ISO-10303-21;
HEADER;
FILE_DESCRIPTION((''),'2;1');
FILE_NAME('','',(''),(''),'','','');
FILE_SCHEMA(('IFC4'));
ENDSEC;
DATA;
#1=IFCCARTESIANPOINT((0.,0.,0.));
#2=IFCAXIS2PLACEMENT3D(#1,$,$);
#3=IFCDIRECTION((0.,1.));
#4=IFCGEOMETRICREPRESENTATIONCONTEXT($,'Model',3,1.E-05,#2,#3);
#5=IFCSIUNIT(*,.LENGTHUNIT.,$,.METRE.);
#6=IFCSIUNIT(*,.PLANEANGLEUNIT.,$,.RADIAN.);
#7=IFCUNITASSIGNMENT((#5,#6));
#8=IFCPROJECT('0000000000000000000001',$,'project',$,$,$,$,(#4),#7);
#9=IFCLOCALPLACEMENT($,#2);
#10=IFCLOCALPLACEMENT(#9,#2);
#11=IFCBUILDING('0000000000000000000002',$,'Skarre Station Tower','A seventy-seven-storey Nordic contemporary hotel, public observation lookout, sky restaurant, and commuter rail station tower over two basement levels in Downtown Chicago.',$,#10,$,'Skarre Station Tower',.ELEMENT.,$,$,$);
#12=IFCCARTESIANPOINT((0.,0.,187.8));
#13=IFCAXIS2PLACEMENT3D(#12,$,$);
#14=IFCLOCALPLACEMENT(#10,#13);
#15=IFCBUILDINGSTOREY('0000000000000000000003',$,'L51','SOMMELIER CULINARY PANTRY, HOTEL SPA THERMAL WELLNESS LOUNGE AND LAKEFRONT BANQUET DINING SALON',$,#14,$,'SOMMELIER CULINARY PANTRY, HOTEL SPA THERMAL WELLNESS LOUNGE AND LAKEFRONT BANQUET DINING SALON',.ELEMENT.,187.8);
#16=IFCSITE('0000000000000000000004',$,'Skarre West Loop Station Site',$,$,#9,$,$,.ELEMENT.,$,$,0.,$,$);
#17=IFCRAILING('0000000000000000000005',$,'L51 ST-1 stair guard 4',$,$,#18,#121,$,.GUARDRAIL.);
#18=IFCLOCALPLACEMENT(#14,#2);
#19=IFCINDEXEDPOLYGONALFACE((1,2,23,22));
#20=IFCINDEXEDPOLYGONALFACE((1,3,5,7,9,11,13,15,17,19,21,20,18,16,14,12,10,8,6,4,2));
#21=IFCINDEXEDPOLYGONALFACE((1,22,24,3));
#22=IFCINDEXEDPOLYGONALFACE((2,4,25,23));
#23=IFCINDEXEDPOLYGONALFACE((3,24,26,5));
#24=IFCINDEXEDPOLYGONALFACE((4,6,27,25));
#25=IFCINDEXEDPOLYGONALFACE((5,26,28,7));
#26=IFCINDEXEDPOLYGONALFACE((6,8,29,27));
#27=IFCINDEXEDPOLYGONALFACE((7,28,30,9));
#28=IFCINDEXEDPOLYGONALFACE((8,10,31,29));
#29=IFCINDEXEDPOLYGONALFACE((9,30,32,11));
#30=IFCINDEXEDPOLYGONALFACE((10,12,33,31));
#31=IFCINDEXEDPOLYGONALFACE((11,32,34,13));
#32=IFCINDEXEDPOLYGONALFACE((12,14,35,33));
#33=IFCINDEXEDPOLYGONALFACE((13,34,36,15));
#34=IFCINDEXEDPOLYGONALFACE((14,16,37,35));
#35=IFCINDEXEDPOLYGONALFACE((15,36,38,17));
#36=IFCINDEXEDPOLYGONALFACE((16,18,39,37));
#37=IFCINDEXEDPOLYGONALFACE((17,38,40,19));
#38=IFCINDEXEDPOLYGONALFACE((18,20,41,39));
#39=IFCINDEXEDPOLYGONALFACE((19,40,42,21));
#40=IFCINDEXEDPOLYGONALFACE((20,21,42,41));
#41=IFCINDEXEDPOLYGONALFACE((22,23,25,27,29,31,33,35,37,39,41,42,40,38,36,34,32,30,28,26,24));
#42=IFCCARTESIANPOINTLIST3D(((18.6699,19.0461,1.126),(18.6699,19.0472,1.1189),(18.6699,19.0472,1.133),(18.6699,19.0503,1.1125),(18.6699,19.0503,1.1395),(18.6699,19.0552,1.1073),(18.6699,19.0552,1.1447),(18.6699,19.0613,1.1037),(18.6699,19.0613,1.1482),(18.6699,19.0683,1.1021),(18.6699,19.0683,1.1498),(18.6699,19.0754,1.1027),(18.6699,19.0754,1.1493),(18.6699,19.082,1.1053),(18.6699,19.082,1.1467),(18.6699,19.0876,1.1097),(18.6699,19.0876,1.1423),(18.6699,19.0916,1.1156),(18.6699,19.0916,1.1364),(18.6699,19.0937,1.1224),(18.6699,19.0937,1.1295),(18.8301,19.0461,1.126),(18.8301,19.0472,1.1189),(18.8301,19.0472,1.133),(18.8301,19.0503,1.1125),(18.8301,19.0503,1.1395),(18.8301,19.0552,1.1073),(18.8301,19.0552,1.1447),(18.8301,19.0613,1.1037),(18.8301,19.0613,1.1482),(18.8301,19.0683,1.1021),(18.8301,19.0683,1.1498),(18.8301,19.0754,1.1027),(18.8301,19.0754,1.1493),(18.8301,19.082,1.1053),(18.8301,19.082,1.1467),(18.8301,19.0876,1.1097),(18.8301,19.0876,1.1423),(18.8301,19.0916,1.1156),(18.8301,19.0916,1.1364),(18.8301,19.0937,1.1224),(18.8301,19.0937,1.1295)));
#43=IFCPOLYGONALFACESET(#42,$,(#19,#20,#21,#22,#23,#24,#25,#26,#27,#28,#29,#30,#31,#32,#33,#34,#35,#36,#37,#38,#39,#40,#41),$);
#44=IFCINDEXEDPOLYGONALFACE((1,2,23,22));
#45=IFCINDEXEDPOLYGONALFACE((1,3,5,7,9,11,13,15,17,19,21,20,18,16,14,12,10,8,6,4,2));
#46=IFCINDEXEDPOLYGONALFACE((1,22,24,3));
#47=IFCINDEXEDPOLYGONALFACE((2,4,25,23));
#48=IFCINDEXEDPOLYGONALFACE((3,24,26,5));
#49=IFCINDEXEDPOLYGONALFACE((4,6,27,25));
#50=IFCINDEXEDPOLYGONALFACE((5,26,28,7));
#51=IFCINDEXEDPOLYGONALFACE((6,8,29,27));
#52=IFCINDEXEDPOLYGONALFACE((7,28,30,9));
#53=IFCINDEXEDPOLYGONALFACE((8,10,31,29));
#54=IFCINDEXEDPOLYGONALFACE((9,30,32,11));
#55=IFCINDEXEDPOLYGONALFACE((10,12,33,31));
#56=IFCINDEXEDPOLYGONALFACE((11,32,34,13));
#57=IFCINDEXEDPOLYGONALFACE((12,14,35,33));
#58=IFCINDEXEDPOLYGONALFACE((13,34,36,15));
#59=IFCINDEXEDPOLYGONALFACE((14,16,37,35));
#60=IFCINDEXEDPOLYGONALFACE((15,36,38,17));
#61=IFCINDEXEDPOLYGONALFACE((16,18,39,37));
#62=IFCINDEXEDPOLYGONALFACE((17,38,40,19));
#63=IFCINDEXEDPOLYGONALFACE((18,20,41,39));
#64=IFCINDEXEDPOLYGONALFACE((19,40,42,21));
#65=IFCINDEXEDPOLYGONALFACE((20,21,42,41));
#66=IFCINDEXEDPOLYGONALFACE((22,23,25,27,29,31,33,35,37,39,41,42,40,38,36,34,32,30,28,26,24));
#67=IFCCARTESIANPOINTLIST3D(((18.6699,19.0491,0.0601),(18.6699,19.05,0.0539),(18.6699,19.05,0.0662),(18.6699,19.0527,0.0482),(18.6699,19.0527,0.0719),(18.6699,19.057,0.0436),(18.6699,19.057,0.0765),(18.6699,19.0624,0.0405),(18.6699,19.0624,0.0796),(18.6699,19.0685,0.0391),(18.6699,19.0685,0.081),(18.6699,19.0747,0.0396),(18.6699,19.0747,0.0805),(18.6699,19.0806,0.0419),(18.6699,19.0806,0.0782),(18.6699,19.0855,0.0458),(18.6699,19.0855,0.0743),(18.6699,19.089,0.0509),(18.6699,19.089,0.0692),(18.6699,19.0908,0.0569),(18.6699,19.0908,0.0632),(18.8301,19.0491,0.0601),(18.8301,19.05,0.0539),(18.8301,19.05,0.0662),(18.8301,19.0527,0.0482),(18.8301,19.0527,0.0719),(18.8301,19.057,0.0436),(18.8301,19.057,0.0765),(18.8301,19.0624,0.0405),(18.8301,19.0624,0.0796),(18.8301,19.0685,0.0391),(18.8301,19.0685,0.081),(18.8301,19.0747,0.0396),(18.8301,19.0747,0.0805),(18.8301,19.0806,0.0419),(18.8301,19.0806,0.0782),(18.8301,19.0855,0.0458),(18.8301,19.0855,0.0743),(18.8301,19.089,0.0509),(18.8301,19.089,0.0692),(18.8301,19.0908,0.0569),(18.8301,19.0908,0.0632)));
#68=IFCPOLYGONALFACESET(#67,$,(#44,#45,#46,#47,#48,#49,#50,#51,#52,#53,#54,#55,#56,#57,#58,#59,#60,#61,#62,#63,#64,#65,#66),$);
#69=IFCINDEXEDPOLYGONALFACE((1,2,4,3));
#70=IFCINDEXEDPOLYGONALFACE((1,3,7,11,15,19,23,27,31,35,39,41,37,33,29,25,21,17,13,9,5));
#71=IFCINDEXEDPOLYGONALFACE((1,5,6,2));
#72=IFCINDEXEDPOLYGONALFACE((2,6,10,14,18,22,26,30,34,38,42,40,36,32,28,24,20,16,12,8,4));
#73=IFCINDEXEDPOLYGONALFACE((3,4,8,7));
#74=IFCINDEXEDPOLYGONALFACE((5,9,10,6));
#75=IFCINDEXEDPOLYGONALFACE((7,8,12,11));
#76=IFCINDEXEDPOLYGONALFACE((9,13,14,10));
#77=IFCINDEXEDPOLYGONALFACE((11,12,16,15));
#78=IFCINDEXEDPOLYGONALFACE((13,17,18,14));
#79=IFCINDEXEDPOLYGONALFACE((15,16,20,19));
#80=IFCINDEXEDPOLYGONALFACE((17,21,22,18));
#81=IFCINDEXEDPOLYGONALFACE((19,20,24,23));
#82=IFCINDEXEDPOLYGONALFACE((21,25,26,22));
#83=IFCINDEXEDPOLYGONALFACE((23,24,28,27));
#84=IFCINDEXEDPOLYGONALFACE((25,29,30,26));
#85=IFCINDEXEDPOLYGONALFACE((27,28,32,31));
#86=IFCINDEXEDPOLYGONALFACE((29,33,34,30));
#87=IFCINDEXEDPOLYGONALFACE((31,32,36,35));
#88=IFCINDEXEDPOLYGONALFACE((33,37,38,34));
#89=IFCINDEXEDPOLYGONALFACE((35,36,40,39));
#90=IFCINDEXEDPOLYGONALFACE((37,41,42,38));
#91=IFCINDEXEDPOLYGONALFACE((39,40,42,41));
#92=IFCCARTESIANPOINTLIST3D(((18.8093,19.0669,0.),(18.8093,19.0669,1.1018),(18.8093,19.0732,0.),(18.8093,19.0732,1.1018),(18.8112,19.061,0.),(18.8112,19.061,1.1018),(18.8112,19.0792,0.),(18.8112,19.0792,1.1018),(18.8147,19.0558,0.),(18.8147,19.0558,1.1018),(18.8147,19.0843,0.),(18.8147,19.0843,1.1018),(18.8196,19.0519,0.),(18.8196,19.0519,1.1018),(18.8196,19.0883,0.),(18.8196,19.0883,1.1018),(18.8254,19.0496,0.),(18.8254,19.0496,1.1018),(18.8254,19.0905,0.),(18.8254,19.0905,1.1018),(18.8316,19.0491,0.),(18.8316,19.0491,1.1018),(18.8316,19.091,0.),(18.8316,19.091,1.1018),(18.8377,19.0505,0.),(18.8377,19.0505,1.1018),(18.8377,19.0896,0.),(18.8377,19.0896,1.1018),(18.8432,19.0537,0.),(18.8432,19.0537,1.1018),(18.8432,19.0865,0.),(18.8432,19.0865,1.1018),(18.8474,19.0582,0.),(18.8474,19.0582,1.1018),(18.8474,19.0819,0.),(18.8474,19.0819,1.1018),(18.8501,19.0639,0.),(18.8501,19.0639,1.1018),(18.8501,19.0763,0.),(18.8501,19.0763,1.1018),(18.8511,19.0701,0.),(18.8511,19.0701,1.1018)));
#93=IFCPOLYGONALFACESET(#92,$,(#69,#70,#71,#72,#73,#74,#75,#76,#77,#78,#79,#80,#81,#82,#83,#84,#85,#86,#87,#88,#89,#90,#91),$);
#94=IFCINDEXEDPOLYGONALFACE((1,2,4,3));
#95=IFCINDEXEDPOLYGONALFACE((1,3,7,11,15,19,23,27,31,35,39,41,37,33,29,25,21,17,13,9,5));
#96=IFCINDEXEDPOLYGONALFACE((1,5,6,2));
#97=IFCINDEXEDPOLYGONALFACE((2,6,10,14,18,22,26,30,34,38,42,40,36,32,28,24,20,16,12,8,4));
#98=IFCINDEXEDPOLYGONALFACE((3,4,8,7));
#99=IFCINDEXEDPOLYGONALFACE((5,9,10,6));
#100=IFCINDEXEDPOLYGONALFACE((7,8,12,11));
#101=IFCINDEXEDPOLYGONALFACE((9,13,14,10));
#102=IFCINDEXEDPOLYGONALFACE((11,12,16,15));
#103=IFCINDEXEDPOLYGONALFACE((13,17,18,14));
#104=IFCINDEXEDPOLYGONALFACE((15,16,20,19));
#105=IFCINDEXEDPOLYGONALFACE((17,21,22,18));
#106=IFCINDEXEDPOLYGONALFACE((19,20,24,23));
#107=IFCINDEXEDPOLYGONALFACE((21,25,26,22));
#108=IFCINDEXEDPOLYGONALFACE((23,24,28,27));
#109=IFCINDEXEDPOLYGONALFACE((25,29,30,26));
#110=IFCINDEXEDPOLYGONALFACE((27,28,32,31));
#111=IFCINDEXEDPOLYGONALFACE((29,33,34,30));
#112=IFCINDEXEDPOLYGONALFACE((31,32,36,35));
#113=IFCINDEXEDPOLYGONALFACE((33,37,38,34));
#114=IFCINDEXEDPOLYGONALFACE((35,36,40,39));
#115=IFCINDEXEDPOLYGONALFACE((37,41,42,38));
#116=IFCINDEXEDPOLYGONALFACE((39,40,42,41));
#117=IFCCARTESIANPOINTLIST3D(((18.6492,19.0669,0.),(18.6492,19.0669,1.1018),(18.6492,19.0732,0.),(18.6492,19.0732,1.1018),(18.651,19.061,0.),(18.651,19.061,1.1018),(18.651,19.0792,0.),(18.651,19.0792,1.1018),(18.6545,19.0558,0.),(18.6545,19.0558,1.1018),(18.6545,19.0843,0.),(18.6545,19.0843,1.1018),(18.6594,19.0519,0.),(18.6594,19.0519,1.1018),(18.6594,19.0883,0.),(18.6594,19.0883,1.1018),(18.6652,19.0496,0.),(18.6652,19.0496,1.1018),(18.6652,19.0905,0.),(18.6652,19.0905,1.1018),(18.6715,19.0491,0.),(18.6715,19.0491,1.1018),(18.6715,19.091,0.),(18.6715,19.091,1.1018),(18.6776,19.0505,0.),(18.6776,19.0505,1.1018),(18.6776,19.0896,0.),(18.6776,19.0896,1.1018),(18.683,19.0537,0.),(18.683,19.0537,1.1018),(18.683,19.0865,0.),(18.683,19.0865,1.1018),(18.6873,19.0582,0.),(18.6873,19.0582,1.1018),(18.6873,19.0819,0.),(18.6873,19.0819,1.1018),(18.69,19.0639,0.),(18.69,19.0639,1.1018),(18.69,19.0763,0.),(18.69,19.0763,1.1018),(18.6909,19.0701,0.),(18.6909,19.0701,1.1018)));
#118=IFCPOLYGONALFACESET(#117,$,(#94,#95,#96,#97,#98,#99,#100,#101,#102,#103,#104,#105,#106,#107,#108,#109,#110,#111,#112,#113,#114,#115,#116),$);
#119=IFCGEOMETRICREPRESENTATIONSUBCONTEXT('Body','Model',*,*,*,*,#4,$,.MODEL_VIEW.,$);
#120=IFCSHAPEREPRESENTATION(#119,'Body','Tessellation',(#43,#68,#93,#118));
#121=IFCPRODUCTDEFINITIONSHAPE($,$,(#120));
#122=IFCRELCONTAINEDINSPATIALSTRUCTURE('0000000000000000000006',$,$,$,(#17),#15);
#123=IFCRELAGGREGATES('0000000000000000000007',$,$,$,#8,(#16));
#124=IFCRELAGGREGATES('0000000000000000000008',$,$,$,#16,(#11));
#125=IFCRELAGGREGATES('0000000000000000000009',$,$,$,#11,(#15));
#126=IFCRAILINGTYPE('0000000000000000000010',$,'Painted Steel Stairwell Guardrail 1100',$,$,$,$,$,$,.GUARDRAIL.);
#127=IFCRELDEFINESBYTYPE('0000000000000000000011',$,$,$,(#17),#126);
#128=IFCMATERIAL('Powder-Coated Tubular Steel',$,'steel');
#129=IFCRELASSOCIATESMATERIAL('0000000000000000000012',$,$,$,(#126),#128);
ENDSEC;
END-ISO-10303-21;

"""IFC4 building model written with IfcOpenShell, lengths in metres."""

from ifc_helpers import new_model, si_unit, direction, frame, origin, origin_2d, place, context, subcontext, project, spatial, circle, extrude, material, type_object, element, save


model = new_model("IFC4")

# Units and contexts
model_context = context("Model", 3, precision=1e-05, world=origin(), true_north=direction((0.0, 1.0)))
body_context = subcontext(model_context, "Body", "Model", "MODEL_VIEW")
ifc_project = project(units=[si_unit("LENGTHUNIT", "METRE"), si_unit("PLANEANGLEUNIT", "RADIAN")], contexts=[model_context])

# Site, building, storey
site_placement = place(None, origin())
site = spatial("IfcSite", under=ifc_project, at=site_placement, Name="Skarre West Loop Station Site", CompositionType="ELEMENT", RefElevation=0.0)
building_placement = place(site_placement, origin())
building = spatial("IfcBuilding", under=site, at=building_placement, Name="Skarre Station Tower", Description="A seventy-seven-storey Nordic contemporary hotel, public observation lookout, sky restaurant, and commuter rail station tower over two basement levels in Downtown Chicago.", LongName="Skarre Station Tower", CompositionType="ELEMENT")
storey_placement = place(building_placement, frame((0.0, 0.0, 187.8)))
storey = spatial("IfcBuildingStorey", under=building, at=storey_placement, Name="L51", Description="SOMMELIER CULINARY PANTRY, HOTEL SPA THERMAL WELLNESS LOUNGE AND LAKEFRONT BANQUET DINING SALON", LongName="SOMMELIER CULINARY PANTRY, HOTEL SPA THERMAL WELLNESS LOUNGE AND LAKEFRONT BANQUET DINING SALON", CompositionType="ELEMENT", Elevation=187.8)

# Railing
ifc_material_1 = material(Name="Powder-Coated Tubular Steel", Category="steel")
railing_type_1 = type_object("IfcRailingType", Name="Painted Steel Stairwell Guardrail 1100", PredefinedType="GUARDRAIL", material=ifc_material_1)
railing_1_placement = place(storey_placement, frame((18.8301, 19.0701, 0.0)))
element("IfcRailing", 1, at=railing_1_placement, inside=storey, type_object=railing_type_1, Name="L51 ST-1 stair guard 4", PredefinedType="GUARDRAIL", context=body_context, shape_type="SweptSolid", body=[
    extrude(circle(Radius=0.0239, at=origin_2d()), frame((0.0, 0.0, 1.126), z_axis=(-1.0, 0.0, 0.0), x_axis=(0.0, -1.0, 0.0)), (0.0, 0.0, 1.0), 0.1602),
    extrude(circle(Radius=0.021, at=origin_2d()), frame((0.0, 0.0, 0.0601), z_axis=(-1.0, 0.0, 0.0), x_axis=(0.0, -1.0, 0.0)), (0.0, 0.0, 1.0), 0.1602),
    extrude(circle(Radius=0.021, at=origin_2d()), origin(), (0.0, 0.0, 1.0), 1.1018),
    extrude(circle(Radius=0.021, at=origin_2d()), frame((-0.1602, 0.0, 0.0)), (0.0, 0.0, 1.0), 1.1018),
])

save(model, "model.ifc")
